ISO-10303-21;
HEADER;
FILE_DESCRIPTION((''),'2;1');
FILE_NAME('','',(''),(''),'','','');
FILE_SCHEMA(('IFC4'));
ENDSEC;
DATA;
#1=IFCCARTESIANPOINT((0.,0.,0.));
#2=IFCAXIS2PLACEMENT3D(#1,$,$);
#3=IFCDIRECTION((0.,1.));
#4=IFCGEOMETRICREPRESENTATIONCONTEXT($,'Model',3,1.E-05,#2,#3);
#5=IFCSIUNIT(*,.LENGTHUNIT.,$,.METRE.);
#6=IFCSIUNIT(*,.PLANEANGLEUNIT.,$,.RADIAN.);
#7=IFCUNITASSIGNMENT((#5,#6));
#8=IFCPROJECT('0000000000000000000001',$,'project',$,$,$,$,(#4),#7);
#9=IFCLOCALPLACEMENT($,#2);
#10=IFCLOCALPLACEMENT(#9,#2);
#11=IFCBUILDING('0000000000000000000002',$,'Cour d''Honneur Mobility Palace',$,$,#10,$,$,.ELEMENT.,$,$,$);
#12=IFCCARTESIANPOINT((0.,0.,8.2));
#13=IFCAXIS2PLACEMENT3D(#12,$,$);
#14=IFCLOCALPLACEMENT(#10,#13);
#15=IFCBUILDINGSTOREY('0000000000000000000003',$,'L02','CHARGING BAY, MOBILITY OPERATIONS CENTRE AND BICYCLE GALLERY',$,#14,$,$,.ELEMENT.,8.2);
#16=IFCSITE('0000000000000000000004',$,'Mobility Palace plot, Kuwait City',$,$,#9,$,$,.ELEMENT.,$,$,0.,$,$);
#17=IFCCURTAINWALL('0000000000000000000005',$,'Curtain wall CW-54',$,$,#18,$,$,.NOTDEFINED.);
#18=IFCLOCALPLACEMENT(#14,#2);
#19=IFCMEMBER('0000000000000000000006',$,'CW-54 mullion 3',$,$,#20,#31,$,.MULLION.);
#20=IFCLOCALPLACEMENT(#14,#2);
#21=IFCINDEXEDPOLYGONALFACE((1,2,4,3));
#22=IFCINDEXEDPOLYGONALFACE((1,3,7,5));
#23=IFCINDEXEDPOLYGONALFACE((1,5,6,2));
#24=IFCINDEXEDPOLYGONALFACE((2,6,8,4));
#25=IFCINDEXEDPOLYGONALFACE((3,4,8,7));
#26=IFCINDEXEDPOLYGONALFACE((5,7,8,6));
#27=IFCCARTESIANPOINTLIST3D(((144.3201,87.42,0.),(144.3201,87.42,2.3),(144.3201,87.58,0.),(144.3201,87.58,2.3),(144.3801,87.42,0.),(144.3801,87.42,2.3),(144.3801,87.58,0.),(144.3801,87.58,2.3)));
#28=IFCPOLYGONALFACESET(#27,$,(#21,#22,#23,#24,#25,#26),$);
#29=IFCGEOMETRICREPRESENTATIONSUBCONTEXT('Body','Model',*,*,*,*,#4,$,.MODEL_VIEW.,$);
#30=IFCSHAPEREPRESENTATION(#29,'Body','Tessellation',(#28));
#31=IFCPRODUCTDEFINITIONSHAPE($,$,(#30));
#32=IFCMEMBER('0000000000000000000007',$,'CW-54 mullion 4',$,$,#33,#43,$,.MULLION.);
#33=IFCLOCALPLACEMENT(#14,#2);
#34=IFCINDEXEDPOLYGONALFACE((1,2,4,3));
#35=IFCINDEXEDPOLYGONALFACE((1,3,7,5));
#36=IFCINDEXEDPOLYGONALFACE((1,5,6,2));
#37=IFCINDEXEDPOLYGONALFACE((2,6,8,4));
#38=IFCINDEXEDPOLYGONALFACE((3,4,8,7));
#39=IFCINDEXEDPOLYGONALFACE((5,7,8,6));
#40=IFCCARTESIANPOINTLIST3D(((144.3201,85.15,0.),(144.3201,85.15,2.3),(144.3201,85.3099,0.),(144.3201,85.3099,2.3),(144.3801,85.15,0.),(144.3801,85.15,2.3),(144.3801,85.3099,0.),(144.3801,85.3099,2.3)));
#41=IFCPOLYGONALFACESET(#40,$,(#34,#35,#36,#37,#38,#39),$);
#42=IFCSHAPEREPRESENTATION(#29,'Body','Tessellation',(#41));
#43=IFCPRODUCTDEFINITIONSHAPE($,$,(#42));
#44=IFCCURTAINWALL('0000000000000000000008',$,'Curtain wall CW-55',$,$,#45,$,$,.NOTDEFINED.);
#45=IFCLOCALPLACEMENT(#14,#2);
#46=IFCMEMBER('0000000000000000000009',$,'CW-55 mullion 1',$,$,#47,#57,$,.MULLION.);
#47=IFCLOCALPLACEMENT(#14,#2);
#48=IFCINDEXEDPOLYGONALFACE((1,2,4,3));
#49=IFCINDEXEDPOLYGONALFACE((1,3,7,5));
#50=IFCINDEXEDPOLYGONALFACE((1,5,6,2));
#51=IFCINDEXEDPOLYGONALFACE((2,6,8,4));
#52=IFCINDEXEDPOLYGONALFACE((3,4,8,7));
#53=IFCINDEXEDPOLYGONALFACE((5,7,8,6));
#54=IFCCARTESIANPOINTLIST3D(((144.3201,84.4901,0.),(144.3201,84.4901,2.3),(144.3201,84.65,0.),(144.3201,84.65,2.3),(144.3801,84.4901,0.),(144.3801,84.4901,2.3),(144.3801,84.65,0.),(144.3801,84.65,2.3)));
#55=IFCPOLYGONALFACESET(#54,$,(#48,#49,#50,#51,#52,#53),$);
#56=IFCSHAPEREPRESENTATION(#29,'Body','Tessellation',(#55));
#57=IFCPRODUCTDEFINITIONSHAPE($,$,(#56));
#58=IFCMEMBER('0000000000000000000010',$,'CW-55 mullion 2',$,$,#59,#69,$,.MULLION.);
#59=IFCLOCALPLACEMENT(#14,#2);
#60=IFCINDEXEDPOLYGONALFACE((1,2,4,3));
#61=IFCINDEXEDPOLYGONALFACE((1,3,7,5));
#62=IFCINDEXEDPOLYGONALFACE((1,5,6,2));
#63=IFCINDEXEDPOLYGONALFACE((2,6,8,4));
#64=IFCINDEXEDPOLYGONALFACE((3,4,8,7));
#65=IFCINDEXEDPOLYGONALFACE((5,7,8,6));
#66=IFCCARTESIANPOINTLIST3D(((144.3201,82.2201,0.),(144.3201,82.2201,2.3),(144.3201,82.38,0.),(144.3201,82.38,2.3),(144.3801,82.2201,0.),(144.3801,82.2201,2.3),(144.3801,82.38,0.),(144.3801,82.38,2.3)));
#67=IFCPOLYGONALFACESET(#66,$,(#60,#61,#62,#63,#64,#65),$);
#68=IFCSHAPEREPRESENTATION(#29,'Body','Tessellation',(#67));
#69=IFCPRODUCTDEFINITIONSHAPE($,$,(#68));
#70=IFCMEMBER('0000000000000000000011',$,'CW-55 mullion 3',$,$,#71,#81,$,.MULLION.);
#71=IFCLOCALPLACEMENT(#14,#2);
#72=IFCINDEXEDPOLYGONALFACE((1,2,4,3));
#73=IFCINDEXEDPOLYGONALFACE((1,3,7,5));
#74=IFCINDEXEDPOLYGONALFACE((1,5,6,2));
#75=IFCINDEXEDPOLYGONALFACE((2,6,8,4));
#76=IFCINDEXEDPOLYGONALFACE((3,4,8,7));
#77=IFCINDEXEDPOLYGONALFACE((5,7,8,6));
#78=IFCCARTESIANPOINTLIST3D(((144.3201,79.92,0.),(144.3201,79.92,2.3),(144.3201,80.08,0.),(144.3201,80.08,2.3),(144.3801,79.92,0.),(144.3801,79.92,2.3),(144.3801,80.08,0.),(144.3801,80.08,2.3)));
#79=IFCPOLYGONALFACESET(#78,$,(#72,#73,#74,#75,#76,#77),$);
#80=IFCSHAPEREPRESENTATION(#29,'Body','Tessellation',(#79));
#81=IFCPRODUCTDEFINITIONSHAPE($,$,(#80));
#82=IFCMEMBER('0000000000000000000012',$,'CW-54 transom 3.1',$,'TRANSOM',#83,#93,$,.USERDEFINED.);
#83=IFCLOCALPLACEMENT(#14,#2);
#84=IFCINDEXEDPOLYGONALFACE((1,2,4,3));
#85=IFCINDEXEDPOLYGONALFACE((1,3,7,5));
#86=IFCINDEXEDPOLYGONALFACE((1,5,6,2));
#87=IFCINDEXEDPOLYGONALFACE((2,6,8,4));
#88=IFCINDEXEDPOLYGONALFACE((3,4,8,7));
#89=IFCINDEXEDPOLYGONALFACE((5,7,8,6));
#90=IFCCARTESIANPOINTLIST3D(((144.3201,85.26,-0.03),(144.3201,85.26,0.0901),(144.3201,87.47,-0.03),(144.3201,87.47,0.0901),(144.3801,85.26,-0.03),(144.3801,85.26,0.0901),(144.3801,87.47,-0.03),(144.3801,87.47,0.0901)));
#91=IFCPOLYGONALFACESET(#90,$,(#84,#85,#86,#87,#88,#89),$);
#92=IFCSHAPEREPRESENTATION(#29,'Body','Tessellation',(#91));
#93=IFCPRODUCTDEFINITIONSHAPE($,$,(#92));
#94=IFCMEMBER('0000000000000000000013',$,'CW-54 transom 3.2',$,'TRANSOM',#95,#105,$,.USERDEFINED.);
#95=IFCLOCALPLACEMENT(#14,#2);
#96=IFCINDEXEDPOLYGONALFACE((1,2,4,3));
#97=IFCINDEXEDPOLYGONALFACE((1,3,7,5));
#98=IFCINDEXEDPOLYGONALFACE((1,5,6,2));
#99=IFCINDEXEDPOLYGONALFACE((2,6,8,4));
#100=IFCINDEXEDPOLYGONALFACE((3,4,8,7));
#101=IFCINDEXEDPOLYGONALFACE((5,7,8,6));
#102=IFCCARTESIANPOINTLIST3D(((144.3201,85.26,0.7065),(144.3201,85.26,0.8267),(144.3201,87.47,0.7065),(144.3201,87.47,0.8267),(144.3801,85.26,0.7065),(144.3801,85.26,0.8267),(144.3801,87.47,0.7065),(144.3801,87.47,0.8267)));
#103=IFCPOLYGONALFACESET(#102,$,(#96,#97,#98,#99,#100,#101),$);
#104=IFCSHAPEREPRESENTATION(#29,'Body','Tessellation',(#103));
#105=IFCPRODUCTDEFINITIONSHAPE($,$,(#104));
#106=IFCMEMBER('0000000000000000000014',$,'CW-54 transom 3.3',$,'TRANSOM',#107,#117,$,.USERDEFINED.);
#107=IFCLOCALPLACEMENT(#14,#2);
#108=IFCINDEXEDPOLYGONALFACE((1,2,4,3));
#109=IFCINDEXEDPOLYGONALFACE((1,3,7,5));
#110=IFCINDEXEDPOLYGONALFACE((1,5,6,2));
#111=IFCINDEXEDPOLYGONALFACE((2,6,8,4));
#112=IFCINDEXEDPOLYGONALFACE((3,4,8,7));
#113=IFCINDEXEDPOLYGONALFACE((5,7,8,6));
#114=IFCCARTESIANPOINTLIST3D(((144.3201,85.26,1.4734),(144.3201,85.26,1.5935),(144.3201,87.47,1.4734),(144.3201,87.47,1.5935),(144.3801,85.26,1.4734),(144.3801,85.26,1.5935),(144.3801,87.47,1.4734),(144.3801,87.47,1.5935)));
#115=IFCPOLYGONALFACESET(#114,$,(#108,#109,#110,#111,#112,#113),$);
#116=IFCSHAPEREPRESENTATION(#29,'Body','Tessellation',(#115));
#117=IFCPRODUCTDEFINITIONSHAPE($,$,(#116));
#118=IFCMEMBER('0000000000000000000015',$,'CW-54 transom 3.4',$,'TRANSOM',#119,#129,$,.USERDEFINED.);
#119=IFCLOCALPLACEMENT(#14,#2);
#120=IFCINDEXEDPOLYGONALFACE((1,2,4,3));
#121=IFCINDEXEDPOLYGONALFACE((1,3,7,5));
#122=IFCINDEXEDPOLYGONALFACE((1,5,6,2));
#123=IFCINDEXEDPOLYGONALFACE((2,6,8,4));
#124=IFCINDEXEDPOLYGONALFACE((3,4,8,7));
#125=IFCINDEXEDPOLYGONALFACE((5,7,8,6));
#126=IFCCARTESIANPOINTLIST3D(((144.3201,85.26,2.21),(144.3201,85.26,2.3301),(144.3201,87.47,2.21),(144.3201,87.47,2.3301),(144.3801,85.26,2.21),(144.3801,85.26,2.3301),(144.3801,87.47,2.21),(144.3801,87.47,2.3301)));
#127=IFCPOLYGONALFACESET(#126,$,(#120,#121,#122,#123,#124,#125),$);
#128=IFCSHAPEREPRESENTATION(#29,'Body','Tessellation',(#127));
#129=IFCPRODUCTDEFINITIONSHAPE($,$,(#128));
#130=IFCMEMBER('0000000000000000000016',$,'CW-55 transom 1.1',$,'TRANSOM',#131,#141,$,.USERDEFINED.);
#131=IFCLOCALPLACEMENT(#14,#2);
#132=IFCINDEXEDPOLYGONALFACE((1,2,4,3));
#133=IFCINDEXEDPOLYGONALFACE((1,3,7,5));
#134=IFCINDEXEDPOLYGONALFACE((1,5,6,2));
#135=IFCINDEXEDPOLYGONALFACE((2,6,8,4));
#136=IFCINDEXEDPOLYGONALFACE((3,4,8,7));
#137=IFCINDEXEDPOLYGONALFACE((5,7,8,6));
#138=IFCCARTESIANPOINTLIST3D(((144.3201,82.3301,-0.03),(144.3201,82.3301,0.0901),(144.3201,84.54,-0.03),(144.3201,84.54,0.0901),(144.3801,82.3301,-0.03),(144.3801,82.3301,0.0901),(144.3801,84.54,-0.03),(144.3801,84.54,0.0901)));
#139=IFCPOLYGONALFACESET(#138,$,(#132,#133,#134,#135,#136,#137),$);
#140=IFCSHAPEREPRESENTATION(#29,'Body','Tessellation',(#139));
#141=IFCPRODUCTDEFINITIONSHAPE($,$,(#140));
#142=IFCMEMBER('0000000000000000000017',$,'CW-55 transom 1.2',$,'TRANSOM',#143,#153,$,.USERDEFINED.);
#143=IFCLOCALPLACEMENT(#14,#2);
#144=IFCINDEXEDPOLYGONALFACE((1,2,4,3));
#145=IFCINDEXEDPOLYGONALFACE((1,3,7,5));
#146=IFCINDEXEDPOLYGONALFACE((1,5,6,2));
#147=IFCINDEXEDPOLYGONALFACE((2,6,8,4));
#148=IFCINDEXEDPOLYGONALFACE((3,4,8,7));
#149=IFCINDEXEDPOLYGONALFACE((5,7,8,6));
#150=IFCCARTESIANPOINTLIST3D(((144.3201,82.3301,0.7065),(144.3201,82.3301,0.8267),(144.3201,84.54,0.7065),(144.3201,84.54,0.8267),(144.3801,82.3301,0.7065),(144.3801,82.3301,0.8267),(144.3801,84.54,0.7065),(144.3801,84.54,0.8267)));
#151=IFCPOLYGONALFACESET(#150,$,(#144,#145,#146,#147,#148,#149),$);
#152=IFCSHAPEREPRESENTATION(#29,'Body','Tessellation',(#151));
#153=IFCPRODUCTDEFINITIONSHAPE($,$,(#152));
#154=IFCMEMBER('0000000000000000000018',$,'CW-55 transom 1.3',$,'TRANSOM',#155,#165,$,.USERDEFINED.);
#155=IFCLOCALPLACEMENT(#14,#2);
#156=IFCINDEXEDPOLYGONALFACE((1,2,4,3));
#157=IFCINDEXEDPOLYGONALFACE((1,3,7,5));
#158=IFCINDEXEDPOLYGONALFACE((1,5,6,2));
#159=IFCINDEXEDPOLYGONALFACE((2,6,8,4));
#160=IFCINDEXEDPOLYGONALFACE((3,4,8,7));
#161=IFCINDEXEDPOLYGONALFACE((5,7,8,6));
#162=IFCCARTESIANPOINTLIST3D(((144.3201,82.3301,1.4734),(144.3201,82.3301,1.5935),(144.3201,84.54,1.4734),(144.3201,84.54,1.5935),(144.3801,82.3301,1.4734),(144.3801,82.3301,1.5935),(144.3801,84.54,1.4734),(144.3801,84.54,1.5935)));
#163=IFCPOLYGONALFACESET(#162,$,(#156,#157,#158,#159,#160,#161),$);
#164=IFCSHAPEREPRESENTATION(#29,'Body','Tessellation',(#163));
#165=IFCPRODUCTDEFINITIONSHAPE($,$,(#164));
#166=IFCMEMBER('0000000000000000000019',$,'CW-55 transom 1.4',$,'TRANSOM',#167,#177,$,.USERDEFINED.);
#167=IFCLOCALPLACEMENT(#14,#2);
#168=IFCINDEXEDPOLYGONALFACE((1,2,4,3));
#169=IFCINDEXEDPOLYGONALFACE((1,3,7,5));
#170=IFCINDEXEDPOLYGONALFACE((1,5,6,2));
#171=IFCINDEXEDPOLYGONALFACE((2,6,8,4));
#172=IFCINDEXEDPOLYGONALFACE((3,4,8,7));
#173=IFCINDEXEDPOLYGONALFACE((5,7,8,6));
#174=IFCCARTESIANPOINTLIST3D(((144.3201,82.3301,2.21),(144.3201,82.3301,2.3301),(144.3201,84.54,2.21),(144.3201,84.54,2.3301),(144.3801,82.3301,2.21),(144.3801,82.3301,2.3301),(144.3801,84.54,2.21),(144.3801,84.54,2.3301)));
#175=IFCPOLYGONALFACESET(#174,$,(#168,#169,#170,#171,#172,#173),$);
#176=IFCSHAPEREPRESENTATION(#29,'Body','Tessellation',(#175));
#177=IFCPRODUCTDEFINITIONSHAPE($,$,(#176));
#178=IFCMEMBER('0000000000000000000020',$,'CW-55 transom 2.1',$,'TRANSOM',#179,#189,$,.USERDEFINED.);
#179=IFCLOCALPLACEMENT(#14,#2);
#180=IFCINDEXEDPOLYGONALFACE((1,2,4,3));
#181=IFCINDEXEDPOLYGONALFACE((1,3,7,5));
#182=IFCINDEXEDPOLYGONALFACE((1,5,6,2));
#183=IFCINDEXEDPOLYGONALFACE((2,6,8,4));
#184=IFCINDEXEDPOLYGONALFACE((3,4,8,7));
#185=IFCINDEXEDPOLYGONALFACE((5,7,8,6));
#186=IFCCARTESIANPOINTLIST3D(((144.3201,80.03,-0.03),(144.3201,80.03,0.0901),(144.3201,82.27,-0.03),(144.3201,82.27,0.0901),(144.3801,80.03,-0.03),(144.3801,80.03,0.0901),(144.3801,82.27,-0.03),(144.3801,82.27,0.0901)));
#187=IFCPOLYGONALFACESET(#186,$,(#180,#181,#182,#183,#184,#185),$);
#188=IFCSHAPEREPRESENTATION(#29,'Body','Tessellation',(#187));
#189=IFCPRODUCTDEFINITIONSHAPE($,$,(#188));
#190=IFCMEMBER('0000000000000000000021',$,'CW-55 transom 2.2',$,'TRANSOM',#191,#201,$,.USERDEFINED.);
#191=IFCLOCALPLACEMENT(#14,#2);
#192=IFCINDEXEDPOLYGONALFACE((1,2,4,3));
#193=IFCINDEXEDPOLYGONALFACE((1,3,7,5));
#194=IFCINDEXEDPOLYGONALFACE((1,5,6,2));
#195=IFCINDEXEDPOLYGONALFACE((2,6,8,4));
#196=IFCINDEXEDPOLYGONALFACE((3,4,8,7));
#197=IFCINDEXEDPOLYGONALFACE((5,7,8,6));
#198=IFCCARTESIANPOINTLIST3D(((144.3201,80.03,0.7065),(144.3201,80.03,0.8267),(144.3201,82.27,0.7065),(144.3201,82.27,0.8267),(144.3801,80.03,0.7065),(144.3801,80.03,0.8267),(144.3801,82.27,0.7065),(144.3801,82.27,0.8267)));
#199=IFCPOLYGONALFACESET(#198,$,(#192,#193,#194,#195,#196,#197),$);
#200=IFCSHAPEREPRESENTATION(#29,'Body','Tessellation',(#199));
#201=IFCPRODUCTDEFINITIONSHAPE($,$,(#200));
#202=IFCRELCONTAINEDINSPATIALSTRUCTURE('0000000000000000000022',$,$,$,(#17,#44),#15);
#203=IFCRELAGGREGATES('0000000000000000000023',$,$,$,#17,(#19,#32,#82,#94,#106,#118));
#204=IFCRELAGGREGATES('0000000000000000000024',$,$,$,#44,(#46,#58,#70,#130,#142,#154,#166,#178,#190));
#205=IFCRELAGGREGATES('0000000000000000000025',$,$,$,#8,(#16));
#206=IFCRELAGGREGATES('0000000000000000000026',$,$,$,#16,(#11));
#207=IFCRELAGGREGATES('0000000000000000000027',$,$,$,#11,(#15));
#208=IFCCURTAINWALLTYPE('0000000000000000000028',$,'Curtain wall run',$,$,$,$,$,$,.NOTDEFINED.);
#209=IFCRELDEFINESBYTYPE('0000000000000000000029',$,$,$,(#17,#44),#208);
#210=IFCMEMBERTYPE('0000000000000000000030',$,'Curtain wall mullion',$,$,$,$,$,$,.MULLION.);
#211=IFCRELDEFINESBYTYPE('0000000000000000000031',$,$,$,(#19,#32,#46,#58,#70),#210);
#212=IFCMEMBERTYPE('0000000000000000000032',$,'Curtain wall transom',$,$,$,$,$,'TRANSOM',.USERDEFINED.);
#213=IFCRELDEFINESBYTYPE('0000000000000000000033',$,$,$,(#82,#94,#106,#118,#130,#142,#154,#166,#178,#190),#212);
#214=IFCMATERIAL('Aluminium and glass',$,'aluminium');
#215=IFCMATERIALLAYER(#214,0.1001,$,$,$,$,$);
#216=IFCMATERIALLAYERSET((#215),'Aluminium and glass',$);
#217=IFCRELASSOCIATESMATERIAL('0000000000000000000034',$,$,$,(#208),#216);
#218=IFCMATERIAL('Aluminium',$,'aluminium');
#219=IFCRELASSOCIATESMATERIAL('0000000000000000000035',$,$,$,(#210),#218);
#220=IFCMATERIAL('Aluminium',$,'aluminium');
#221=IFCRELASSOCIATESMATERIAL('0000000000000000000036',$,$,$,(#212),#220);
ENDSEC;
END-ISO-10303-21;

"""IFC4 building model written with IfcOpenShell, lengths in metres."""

from ifc_helpers import new_model, si_unit, direction, frame, origin, origin_2d, place, context, subcontext, project, spatial, rectangle, extrude, material, layer, layer_set, material_profile, profile_set, type_object, element, aggregate, save


model = new_model("IFC4")

# Units and contexts
model_context = context("Model", 3, precision=1e-05, world=origin(), true_north=direction((0.0, 1.0)))
body_context = subcontext(model_context, "Body", "Model", "MODEL_VIEW")
ifc_project = project(units=[si_unit("LENGTHUNIT", "METRE"), si_unit("PLANEANGLEUNIT", "RADIAN")], contexts=[model_context])

# Site, building, storey
site_placement = place(None, origin())
site = spatial("IfcSite", under=ifc_project, at=site_placement, Name="Mobility Palace plot, Kuwait City", CompositionType="ELEMENT", RefElevation=0.0)
building_placement = place(site_placement, origin())
building = spatial("IfcBuilding", under=site, at=building_placement, Name="Cour d'Honneur Mobility Palace", CompositionType="ELEMENT")
storey_placement = place(building_placement, frame((0.0, 0.0, 8.2)))
storey = spatial("IfcBuildingStorey", under=building, at=storey_placement, Name="L02", Description="CHARGING BAY, MOBILITY OPERATIONS CENTRE AND BICYCLE GALLERY", CompositionType="ELEMENT", Elevation=8.2)

# Curtain walls, members
ifc_material_1 = material(Name="Aluminium and glass", Category="aluminium")
ifc_layer_1 = layer(ifc_material_1, 0.1001)
ifc_layer_set_1 = layer_set([ifc_layer_1], Name="Aluminium and glass")
curtain_wall_type = type_object("IfcCurtainWallType", Name="Curtain wall run", PredefinedType="NOTDEFINED", material=ifc_layer_set_1)
curtain_wall_1_placement = place(storey_placement, origin())
curtain_wall_1 = element("IfcCurtainWall", 1, at=curtain_wall_1_placement, inside=storey, type_object=curtain_wall_type, Name="Curtain wall CW-54", PredefinedType="NOTDEFINED")
ifc_material_2 = material(Name="Aluminium", Category="aluminium")
ifc_material_profile_1 = material_profile(ifc_material_2, rectangle(XDim=0.0601, YDim=0.1599, at=origin_2d()), Name="Curtain wall mullion")
ifc_profile_set_1 = profile_set([ifc_material_profile_1], Name="Aluminium")
member_type_1 = type_object("IfcMemberType", Name="Curtain wall mullion", PredefinedType="MULLION", material=ifc_profile_set_1)
member_1_placement = place(storey_placement, frame((144.3501, 87.5, 0.0), z_axis=(0.0, 0.0, 1.0), x_axis=(1.0, 0.0, 0.0)))
member_1 = element("IfcMember", 2, at=member_1_placement, type_object=member_type_1, Name="CW-54 mullion 3", PredefinedType="MULLION", context=body_context, shape_type="SweptSolid", body=[
    extrude(rectangle(XDim=0.0601, YDim=0.1599, at=origin_2d()), origin(), (0.0, 0.0, 1.0), 2.3),
])
member_2_placement = place(storey_placement, frame((144.3501, 85.23, 0.0), z_axis=(0.0, 0.0, 1.0), x_axis=(1.0, 0.0, 0.0)))
member_2 = element("IfcMember", 3, at=member_2_placement, type_object=member_type_1, Name="CW-54 mullion 4", PredefinedType="MULLION", context=body_context, shape_type="SweptSolid", body=[
    extrude(rectangle(XDim=0.0601, YDim=0.1599, at=origin_2d()), origin(), (0.0, 0.0, 1.0), 2.3),
])
curtain_wall_2_placement = place(storey_placement, origin())
curtain_wall_2 = element("IfcCurtainWall", 4, at=curtain_wall_2_placement, inside=storey, type_object=curtain_wall_type, Name="Curtain wall CW-55", PredefinedType="NOTDEFINED")
member_3_placement = place(storey_placement, frame((144.3501, 84.5701, 0.0), z_axis=(0.0, 0.0, 1.0), x_axis=(1.0, 0.0, 0.0)))
member_3 = element("IfcMember", 5, at=member_3_placement, type_object=member_type_1, Name="CW-55 mullion 1", PredefinedType="MULLION", context=body_context, shape_type="SweptSolid", body=[
    extrude(rectangle(XDim=0.0601, YDim=0.1599, at=origin_2d()), origin(), (0.0, 0.0, 1.0), 2.3),
])
member_4_placement = place(storey_placement, frame((144.3501, 82.3, 0.0), z_axis=(0.0, 0.0, 1.0), x_axis=(1.0, 0.0, 0.0)))
member_4 = element("IfcMember", 6, at=member_4_placement, type_object=member_type_1, Name="CW-55 mullion 2", PredefinedType="MULLION", context=body_context, shape_type="SweptSolid", body=[
    extrude(rectangle(XDim=0.0601, YDim=0.1599, at=origin_2d()), origin(), (0.0, 0.0, 1.0), 2.3),
])
member_5_placement = place(storey_placement, frame((144.3501, 80.0, 0.0), z_axis=(0.0, 0.0, 1.0), x_axis=(1.0, 0.0, 0.0)))
member_5 = element("IfcMember", 7, at=member_5_placement, type_object=member_type_1, Name="CW-55 mullion 3", PredefinedType="MULLION", context=body_context, shape_type="SweptSolid", body=[
    extrude(rectangle(XDim=0.0601, YDim=0.1599, at=origin_2d()), origin(), (0.0, 0.0, 1.0), 2.3),
])

# Members
ifc_material_3 = material(Name="Aluminium", Category="aluminium")
ifc_material_profile_2 = material_profile(ifc_material_3, rectangle(XDim=0.0601, YDim=0.1201, at=origin_2d()), Name="Curtain wall transom")
ifc_profile_set_2 = profile_set([ifc_material_profile_2], Name="Aluminium")
member_type_2 = type_object("IfcMemberType", Name="Curtain wall transom", ElementType="TRANSOM", PredefinedType="USERDEFINED", material=ifc_profile_set_2)
member_6_placement = place(storey_placement, frame((144.3501, 87.47, 0.03), z_axis=(0.0, -1.0, 0.0), x_axis=(1.0, 0.0, 0.0)))
member_6 = element("IfcMember", 8, at=member_6_placement, type_object=member_type_2, Name="CW-54 transom 3.1", ObjectType="TRANSOM", PredefinedType="USERDEFINED", context=body_context, shape_type="SweptSolid", body=[
    extrude(rectangle(XDim=0.0601, YDim=0.1201, at=origin_2d()), origin(), (0.0, 0.0, 1.0), 2.21),
])
member_7_placement = place(storey_placement, frame((144.3501, 87.47, 0.7666), z_axis=(0.0, -1.0, 0.0), x_axis=(1.0, 0.0, 0.0)))
member_7 = element("IfcMember", 9, at=member_7_placement, type_object=member_type_2, Name="CW-54 transom 3.2", ObjectType="TRANSOM", PredefinedType="USERDEFINED", context=body_context, shape_type="SweptSolid", body=[
    extrude(rectangle(XDim=0.0601, YDim=0.1201, at=origin_2d()), origin(), (0.0, 0.0, 1.0), 2.21),
])
member_8_placement = place(storey_placement, frame((144.3501, 87.47, 1.5334), z_axis=(0.0, -1.0, 0.0), x_axis=(1.0, 0.0, 0.0)))
member_8 = element("IfcMember", 10, at=member_8_placement, type_object=member_type_2, Name="CW-54 transom 3.3", ObjectType="TRANSOM", PredefinedType="USERDEFINED", context=body_context, shape_type="SweptSolid", body=[
    extrude(rectangle(XDim=0.0601, YDim=0.1201, at=origin_2d()), origin(), (0.0, 0.0, 1.0), 2.21),
])
member_9_placement = place(storey_placement, frame((144.3501, 87.47, 2.27), z_axis=(0.0, -1.0, 0.0), x_axis=(1.0, 0.0, 0.0)))
member_9 = element("IfcMember", 11, at=member_9_placement, type_object=member_type_2, Name="CW-54 transom 3.4", ObjectType="TRANSOM", PredefinedType="USERDEFINED", context=body_context, shape_type="SweptSolid", body=[
    extrude(rectangle(XDim=0.0601, YDim=0.1201, at=origin_2d()), origin(), (0.0, 0.0, 1.0), 2.21),
])
member_10_placement = place(storey_placement, frame((144.3501, 84.54, 0.03), z_axis=(0.0, -1.0, 0.0), x_axis=(1.0, 0.0, 0.0)))
member_10 = element("IfcMember", 12, at=member_10_placement, type_object=member_type_2, Name="CW-55 transom 1.1", ObjectType="TRANSOM", PredefinedType="USERDEFINED", context=body_context, shape_type="SweptSolid", body=[
    extrude(rectangle(XDim=0.0601, YDim=0.1201, at=origin_2d()), origin(), (0.0, 0.0, 1.0), 2.21),
])
member_11_placement = place(storey_placement, frame((144.3501, 84.54, 0.7666), z_axis=(0.0, -1.0, 0.0), x_axis=(1.0, 0.0, 0.0)))
member_11 = element("IfcMember", 13, at=member_11_placement, type_object=member_type_2, Name="CW-55 transom 1.2", ObjectType="TRANSOM", PredefinedType="USERDEFINED", context=body_context, shape_type="SweptSolid", body=[
    extrude(rectangle(XDim=0.0601, YDim=0.1201, at=origin_2d()), origin(), (0.0, 0.0, 1.0), 2.21),
])
member_12_placement = place(storey_placement, frame((144.3501, 84.54, 1.5334), z_axis=(0.0, -1.0, 0.0), x_axis=(1.0, 0.0, 0.0)))
member_12 = element("IfcMember", 14, at=member_12_placement, type_object=member_type_2, Name="CW-55 transom 1.3", ObjectType="TRANSOM", PredefinedType="USERDEFINED", context=body_context, shape_type="SweptSolid", body=[
    extrude(rectangle(XDim=0.0601, YDim=0.1201, at=origin_2d()), origin(), (0.0, 0.0, 1.0), 2.21),
])
member_13_placement = place(storey_placement, frame((144.3501, 84.54, 2.27), z_axis=(0.0, -1.0, 0.0), x_axis=(1.0, 0.0, 0.0)))
member_13 = element("IfcMember", 15, at=member_13_placement, type_object=member_type_2, Name="CW-55 transom 1.4", ObjectType="TRANSOM", PredefinedType="USERDEFINED", context=body_context, shape_type="SweptSolid", body=[
    extrude(rectangle(XDim=0.0601, YDim=0.1201, at=origin_2d()), origin(), (0.0, 0.0, 1.0), 2.21),
])
member_14_placement = place(storey_placement, frame((144.3501, 82.27, 0.03), z_axis=(0.0, -1.0, 0.0), x_axis=(1.0, 0.0, 0.0)))
member_14 = element("IfcMember", 16, at=member_14_placement, type_object=member_type_2, Name="CW-55 transom 2.1", ObjectType="TRANSOM", PredefinedType="USERDEFINED", context=body_context, shape_type="SweptSolid", body=[
    extrude(rectangle(XDim=0.0601, YDim=0.1201, at=origin_2d()), origin(), (0.0, 0.0, 1.0), 2.24),
])
member_15_placement = place(storey_placement, frame((144.3501, 82.27, 0.7666), z_axis=(0.0, -1.0, 0.0), x_axis=(1.0, 0.0, 0.0)))
member_15 = element("IfcMember", 17, at=member_15_placement, type_object=member_type_2, Name="CW-55 transom 2.2", ObjectType="TRANSOM", PredefinedType="USERDEFINED", context=body_context, shape_type="SweptSolid", body=[
    extrude(rectangle(XDim=0.0601, YDim=0.1201, at=origin_2d()), origin(), (0.0, 0.0, 1.0), 2.24),
])

aggregate(curtain_wall_1, [member_1, member_2, member_6, member_7, member_8, member_9])
aggregate(curtain_wall_2, [member_3, member_4, member_5, member_10, member_11, member_12, member_13, member_14, member_15])

save(model, "model.ifc")
